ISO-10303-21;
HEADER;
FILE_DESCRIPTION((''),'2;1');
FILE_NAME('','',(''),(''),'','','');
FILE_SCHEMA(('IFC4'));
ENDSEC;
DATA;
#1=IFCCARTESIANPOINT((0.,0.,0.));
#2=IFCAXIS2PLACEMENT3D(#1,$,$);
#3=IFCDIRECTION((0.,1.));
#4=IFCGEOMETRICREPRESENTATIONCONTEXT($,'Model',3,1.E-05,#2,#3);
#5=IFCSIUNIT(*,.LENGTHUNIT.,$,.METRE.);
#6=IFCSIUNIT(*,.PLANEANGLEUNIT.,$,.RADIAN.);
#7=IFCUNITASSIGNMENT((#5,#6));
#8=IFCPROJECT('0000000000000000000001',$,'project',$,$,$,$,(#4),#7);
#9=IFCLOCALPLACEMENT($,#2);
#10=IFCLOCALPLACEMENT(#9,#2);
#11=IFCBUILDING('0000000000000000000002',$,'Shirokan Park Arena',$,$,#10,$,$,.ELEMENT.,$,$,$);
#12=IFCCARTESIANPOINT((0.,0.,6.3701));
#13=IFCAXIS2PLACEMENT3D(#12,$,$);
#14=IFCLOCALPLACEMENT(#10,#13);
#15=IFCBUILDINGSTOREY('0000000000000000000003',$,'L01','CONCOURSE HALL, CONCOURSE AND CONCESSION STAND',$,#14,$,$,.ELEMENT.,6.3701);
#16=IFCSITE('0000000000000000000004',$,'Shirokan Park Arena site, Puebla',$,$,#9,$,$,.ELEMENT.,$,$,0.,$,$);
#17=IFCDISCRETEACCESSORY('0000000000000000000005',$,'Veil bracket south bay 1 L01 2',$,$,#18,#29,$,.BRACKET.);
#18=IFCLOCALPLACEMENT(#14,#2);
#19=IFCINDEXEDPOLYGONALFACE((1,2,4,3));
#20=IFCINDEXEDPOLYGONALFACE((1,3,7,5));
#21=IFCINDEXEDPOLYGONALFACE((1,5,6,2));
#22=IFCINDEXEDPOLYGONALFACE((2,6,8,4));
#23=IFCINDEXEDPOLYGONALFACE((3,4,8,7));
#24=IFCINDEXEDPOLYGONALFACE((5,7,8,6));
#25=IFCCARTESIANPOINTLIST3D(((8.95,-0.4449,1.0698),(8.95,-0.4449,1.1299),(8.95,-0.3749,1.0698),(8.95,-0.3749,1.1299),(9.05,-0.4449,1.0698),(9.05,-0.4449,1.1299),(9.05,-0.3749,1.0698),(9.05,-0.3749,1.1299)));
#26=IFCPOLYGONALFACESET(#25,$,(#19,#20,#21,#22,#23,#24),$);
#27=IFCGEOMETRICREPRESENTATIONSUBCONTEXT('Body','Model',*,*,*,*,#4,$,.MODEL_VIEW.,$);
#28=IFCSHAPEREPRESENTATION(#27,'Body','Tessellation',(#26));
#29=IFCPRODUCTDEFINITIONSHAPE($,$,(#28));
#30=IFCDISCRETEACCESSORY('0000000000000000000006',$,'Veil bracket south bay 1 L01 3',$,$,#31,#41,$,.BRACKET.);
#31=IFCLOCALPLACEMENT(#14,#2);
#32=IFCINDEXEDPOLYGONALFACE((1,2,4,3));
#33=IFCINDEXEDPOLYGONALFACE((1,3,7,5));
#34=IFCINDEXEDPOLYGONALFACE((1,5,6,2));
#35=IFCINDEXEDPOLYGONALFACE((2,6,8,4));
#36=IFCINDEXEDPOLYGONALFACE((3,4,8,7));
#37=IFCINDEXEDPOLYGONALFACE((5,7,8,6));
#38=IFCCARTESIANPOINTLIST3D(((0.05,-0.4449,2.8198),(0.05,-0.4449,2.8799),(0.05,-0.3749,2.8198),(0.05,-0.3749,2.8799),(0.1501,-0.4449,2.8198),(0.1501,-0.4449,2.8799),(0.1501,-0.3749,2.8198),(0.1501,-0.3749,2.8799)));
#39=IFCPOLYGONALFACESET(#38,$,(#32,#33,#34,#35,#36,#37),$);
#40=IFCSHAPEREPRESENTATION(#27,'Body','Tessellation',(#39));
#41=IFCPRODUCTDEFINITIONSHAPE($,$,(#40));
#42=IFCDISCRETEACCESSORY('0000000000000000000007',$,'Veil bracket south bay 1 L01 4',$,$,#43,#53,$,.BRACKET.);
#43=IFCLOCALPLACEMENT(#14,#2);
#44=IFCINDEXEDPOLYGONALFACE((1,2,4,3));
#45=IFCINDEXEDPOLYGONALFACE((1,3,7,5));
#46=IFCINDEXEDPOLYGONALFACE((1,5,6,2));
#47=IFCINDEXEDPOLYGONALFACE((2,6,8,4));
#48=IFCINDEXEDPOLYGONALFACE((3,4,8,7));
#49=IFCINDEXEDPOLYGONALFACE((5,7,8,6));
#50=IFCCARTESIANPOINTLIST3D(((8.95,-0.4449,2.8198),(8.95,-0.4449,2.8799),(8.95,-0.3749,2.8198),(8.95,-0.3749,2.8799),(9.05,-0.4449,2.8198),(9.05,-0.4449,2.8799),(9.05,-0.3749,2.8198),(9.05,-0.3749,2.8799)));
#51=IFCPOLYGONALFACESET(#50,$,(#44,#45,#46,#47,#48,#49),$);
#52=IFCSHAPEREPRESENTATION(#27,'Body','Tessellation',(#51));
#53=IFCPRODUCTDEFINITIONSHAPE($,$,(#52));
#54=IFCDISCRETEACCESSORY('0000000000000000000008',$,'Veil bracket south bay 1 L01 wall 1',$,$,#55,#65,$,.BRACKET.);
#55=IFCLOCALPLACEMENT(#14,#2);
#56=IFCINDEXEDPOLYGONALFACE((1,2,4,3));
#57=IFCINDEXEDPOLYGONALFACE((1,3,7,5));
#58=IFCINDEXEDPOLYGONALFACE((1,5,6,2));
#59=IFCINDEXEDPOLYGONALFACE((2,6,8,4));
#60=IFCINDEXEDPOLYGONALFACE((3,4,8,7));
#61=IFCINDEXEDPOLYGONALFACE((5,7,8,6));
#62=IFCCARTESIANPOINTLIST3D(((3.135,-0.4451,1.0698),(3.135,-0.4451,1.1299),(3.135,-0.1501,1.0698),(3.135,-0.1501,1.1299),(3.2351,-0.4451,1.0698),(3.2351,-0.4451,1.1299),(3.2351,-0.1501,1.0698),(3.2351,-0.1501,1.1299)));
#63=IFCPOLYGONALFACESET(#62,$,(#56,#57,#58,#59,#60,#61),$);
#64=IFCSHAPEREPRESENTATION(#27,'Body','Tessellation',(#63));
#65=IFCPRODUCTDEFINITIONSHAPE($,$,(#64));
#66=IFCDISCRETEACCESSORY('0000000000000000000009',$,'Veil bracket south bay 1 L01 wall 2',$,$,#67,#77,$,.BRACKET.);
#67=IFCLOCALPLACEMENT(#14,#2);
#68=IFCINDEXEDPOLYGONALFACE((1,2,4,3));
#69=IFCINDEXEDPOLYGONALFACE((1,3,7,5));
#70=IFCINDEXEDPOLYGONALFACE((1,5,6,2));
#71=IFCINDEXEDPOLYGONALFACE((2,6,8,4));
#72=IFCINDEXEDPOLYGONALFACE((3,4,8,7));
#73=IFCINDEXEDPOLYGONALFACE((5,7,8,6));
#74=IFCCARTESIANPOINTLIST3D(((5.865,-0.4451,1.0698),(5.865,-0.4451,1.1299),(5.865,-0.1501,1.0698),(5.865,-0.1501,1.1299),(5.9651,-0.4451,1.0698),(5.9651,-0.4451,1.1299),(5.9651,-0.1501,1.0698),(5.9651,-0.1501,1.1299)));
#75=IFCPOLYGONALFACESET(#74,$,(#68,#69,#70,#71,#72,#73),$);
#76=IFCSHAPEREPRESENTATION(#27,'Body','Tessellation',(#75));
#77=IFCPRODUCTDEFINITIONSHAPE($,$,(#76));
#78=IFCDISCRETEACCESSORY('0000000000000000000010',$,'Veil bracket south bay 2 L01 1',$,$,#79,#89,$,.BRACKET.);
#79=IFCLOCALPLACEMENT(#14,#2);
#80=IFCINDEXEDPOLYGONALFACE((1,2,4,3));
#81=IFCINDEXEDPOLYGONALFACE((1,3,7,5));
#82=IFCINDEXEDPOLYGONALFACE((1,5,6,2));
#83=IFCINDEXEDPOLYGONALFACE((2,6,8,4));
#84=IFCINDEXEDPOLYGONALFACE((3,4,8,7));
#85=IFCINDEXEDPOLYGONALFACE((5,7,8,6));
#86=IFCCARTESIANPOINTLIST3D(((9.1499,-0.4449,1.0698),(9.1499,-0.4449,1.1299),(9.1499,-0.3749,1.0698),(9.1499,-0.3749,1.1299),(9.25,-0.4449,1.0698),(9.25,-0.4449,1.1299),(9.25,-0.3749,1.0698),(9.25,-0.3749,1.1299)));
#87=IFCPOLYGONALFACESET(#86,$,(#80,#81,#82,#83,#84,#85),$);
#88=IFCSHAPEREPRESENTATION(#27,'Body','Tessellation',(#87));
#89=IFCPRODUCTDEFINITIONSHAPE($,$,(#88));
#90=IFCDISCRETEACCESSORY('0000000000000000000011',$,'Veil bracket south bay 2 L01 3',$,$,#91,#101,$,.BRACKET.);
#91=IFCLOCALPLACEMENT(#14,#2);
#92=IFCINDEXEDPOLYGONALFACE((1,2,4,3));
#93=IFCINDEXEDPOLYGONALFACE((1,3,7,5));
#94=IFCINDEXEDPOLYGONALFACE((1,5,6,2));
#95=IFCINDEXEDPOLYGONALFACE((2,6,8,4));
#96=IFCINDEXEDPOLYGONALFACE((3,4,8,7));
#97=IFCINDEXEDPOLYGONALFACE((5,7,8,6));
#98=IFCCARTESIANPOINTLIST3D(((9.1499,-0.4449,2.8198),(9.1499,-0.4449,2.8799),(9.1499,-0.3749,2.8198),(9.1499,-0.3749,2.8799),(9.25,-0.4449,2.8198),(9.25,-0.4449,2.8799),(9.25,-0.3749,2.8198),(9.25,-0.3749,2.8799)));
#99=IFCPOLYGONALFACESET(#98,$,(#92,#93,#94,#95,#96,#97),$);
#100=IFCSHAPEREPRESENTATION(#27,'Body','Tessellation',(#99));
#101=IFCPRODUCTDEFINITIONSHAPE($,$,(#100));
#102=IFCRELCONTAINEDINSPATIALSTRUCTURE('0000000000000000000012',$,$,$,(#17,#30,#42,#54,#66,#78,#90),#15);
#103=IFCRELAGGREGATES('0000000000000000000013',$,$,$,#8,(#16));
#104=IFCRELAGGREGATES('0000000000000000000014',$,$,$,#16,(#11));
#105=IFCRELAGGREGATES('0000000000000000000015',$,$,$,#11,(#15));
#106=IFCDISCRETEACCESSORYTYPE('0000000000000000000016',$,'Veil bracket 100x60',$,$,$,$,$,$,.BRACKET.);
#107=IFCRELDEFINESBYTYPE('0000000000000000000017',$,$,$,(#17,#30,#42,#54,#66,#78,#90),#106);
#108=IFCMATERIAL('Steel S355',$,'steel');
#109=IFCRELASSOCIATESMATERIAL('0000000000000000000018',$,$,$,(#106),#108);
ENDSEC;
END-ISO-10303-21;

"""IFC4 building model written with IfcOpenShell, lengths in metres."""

from ifc_helpers import new_model, si_unit, direction, frame, origin, origin_2d, place, context, subcontext, project, spatial, rectangle, extrude, material, type_object, element, save


model = new_model("IFC4")

# Units and contexts
model_context = context("Model", 3, precision=1e-05, world=origin(), true_north=direction((0.0, 1.0)))
body_context = subcontext(model_context, "Body", "Model", "MODEL_VIEW")
ifc_project = project(units=[si_unit("LENGTHUNIT", "METRE"), si_unit("PLANEANGLEUNIT", "RADIAN")], contexts=[model_context])

# Site, building, storey
site_placement = place(None, origin())
site = spatial("IfcSite", under=ifc_project, at=site_placement, Name="Shirokan Park Arena site, Puebla", CompositionType="ELEMENT", RefElevation=0.0)
building_placement = place(site_placement, origin())
building = spatial("IfcBuilding", under=site, at=building_placement, Name="Shirokan Park Arena", CompositionType="ELEMENT")
storey_placement = place(building_placement, frame((0.0, 0.0, 6.3701)))
storey = spatial("IfcBuildingStorey", under=building, at=storey_placement, Name="L01", Description="CONCOURSE HALL, CONCOURSE AND CONCESSION STAND", CompositionType="ELEMENT", Elevation=6.3701)

# Discrete accessories
ifc_material_1 = material(Name="Steel S355", Category="steel")
discrete_accessory_type = type_object("IfcDiscreteAccessoryType", Name="Veil bracket 100x60", PredefinedType="BRACKET", material=ifc_material_1)
for number, where, z_axis, x_axis, name in (
    (1, (9.0, -0.4099, 1.0698), (0.0, 0.0, 1.0), (1.0, 0.0, 0.0), "Veil bracket south bay 1 L01 2"),
    (2, (0.1001, -0.4099, 2.8198), (0.0, 0.0, 1.0), (1.0, 0.0, 0.0), "Veil bracket south bay 1 L01 3"),
    (3, (9.0, -0.4099, 2.8198), (0.0, 0.0, 1.0), (1.0, 0.0, 0.0), "Veil bracket south bay 1 L01 4"),
):
    element("IfcDiscreteAccessory", number, at=place(storey_placement, frame(where, z_axis=z_axis, x_axis=x_axis)), inside=storey, type_object=discrete_accessory_type, Name=name, PredefinedType="BRACKET", context=body_context, shape_type="SweptSolid", body=[
        extrude(rectangle(XDim=0.1001, YDim=0.0701, at=origin_2d()), origin(), (0.0, 0.0, 1.0), 0.0601),
    ])
for number, where, z_axis, x_axis, name in (
    (4, (3.1851, -0.2976, 1.0698), (0.0, 0.0, 1.0), (1.0, 0.0, 0.0), "Veil bracket south bay 1 L01 wall 1"),
    (5, (5.915, -0.2976, 1.0698), (0.0, 0.0, 1.0), (1.0, 0.0, 0.0), "Veil bracket south bay 1 L01 wall 2"),
):
    element("IfcDiscreteAccessory", number, at=place(storey_placement, frame(where, z_axis=z_axis, x_axis=x_axis)), inside=storey, type_object=discrete_accessory_type, Name=name, PredefinedType="BRACKET", context=body_context, shape_type="SweptSolid", body=[
        extrude(rectangle(XDim=0.1001, YDim=0.2949, at=origin_2d()), origin(), (0.0, 0.0, 1.0), 0.0601),
    ])
for number, where, z_axis, x_axis, name in (
    (6, (9.2, -0.4099, 1.0698), (0.0, 0.0, 1.0), (1.0, 0.0, 0.0), "Veil bracket south bay 2 L01 1"),
    (7, (9.2, -0.4099, 2.8198), (0.0, 0.0, 1.0), (1.0, 0.0, 0.0), "Veil bracket south bay 2 L01 3"),
):
    element("IfcDiscreteAccessory", number, at=place(storey_placement, frame(where, z_axis=z_axis, x_axis=x_axis)), inside=storey, type_object=discrete_accessory_type, Name=name, PredefinedType="BRACKET", context=body_context, shape_type="SweptSolid", body=[
        extrude(rectangle(XDim=0.1001, YDim=0.0701, at=origin_2d()), origin(), (0.0, 0.0, 1.0), 0.0601),
    ])

save(model, "model.ifc")
